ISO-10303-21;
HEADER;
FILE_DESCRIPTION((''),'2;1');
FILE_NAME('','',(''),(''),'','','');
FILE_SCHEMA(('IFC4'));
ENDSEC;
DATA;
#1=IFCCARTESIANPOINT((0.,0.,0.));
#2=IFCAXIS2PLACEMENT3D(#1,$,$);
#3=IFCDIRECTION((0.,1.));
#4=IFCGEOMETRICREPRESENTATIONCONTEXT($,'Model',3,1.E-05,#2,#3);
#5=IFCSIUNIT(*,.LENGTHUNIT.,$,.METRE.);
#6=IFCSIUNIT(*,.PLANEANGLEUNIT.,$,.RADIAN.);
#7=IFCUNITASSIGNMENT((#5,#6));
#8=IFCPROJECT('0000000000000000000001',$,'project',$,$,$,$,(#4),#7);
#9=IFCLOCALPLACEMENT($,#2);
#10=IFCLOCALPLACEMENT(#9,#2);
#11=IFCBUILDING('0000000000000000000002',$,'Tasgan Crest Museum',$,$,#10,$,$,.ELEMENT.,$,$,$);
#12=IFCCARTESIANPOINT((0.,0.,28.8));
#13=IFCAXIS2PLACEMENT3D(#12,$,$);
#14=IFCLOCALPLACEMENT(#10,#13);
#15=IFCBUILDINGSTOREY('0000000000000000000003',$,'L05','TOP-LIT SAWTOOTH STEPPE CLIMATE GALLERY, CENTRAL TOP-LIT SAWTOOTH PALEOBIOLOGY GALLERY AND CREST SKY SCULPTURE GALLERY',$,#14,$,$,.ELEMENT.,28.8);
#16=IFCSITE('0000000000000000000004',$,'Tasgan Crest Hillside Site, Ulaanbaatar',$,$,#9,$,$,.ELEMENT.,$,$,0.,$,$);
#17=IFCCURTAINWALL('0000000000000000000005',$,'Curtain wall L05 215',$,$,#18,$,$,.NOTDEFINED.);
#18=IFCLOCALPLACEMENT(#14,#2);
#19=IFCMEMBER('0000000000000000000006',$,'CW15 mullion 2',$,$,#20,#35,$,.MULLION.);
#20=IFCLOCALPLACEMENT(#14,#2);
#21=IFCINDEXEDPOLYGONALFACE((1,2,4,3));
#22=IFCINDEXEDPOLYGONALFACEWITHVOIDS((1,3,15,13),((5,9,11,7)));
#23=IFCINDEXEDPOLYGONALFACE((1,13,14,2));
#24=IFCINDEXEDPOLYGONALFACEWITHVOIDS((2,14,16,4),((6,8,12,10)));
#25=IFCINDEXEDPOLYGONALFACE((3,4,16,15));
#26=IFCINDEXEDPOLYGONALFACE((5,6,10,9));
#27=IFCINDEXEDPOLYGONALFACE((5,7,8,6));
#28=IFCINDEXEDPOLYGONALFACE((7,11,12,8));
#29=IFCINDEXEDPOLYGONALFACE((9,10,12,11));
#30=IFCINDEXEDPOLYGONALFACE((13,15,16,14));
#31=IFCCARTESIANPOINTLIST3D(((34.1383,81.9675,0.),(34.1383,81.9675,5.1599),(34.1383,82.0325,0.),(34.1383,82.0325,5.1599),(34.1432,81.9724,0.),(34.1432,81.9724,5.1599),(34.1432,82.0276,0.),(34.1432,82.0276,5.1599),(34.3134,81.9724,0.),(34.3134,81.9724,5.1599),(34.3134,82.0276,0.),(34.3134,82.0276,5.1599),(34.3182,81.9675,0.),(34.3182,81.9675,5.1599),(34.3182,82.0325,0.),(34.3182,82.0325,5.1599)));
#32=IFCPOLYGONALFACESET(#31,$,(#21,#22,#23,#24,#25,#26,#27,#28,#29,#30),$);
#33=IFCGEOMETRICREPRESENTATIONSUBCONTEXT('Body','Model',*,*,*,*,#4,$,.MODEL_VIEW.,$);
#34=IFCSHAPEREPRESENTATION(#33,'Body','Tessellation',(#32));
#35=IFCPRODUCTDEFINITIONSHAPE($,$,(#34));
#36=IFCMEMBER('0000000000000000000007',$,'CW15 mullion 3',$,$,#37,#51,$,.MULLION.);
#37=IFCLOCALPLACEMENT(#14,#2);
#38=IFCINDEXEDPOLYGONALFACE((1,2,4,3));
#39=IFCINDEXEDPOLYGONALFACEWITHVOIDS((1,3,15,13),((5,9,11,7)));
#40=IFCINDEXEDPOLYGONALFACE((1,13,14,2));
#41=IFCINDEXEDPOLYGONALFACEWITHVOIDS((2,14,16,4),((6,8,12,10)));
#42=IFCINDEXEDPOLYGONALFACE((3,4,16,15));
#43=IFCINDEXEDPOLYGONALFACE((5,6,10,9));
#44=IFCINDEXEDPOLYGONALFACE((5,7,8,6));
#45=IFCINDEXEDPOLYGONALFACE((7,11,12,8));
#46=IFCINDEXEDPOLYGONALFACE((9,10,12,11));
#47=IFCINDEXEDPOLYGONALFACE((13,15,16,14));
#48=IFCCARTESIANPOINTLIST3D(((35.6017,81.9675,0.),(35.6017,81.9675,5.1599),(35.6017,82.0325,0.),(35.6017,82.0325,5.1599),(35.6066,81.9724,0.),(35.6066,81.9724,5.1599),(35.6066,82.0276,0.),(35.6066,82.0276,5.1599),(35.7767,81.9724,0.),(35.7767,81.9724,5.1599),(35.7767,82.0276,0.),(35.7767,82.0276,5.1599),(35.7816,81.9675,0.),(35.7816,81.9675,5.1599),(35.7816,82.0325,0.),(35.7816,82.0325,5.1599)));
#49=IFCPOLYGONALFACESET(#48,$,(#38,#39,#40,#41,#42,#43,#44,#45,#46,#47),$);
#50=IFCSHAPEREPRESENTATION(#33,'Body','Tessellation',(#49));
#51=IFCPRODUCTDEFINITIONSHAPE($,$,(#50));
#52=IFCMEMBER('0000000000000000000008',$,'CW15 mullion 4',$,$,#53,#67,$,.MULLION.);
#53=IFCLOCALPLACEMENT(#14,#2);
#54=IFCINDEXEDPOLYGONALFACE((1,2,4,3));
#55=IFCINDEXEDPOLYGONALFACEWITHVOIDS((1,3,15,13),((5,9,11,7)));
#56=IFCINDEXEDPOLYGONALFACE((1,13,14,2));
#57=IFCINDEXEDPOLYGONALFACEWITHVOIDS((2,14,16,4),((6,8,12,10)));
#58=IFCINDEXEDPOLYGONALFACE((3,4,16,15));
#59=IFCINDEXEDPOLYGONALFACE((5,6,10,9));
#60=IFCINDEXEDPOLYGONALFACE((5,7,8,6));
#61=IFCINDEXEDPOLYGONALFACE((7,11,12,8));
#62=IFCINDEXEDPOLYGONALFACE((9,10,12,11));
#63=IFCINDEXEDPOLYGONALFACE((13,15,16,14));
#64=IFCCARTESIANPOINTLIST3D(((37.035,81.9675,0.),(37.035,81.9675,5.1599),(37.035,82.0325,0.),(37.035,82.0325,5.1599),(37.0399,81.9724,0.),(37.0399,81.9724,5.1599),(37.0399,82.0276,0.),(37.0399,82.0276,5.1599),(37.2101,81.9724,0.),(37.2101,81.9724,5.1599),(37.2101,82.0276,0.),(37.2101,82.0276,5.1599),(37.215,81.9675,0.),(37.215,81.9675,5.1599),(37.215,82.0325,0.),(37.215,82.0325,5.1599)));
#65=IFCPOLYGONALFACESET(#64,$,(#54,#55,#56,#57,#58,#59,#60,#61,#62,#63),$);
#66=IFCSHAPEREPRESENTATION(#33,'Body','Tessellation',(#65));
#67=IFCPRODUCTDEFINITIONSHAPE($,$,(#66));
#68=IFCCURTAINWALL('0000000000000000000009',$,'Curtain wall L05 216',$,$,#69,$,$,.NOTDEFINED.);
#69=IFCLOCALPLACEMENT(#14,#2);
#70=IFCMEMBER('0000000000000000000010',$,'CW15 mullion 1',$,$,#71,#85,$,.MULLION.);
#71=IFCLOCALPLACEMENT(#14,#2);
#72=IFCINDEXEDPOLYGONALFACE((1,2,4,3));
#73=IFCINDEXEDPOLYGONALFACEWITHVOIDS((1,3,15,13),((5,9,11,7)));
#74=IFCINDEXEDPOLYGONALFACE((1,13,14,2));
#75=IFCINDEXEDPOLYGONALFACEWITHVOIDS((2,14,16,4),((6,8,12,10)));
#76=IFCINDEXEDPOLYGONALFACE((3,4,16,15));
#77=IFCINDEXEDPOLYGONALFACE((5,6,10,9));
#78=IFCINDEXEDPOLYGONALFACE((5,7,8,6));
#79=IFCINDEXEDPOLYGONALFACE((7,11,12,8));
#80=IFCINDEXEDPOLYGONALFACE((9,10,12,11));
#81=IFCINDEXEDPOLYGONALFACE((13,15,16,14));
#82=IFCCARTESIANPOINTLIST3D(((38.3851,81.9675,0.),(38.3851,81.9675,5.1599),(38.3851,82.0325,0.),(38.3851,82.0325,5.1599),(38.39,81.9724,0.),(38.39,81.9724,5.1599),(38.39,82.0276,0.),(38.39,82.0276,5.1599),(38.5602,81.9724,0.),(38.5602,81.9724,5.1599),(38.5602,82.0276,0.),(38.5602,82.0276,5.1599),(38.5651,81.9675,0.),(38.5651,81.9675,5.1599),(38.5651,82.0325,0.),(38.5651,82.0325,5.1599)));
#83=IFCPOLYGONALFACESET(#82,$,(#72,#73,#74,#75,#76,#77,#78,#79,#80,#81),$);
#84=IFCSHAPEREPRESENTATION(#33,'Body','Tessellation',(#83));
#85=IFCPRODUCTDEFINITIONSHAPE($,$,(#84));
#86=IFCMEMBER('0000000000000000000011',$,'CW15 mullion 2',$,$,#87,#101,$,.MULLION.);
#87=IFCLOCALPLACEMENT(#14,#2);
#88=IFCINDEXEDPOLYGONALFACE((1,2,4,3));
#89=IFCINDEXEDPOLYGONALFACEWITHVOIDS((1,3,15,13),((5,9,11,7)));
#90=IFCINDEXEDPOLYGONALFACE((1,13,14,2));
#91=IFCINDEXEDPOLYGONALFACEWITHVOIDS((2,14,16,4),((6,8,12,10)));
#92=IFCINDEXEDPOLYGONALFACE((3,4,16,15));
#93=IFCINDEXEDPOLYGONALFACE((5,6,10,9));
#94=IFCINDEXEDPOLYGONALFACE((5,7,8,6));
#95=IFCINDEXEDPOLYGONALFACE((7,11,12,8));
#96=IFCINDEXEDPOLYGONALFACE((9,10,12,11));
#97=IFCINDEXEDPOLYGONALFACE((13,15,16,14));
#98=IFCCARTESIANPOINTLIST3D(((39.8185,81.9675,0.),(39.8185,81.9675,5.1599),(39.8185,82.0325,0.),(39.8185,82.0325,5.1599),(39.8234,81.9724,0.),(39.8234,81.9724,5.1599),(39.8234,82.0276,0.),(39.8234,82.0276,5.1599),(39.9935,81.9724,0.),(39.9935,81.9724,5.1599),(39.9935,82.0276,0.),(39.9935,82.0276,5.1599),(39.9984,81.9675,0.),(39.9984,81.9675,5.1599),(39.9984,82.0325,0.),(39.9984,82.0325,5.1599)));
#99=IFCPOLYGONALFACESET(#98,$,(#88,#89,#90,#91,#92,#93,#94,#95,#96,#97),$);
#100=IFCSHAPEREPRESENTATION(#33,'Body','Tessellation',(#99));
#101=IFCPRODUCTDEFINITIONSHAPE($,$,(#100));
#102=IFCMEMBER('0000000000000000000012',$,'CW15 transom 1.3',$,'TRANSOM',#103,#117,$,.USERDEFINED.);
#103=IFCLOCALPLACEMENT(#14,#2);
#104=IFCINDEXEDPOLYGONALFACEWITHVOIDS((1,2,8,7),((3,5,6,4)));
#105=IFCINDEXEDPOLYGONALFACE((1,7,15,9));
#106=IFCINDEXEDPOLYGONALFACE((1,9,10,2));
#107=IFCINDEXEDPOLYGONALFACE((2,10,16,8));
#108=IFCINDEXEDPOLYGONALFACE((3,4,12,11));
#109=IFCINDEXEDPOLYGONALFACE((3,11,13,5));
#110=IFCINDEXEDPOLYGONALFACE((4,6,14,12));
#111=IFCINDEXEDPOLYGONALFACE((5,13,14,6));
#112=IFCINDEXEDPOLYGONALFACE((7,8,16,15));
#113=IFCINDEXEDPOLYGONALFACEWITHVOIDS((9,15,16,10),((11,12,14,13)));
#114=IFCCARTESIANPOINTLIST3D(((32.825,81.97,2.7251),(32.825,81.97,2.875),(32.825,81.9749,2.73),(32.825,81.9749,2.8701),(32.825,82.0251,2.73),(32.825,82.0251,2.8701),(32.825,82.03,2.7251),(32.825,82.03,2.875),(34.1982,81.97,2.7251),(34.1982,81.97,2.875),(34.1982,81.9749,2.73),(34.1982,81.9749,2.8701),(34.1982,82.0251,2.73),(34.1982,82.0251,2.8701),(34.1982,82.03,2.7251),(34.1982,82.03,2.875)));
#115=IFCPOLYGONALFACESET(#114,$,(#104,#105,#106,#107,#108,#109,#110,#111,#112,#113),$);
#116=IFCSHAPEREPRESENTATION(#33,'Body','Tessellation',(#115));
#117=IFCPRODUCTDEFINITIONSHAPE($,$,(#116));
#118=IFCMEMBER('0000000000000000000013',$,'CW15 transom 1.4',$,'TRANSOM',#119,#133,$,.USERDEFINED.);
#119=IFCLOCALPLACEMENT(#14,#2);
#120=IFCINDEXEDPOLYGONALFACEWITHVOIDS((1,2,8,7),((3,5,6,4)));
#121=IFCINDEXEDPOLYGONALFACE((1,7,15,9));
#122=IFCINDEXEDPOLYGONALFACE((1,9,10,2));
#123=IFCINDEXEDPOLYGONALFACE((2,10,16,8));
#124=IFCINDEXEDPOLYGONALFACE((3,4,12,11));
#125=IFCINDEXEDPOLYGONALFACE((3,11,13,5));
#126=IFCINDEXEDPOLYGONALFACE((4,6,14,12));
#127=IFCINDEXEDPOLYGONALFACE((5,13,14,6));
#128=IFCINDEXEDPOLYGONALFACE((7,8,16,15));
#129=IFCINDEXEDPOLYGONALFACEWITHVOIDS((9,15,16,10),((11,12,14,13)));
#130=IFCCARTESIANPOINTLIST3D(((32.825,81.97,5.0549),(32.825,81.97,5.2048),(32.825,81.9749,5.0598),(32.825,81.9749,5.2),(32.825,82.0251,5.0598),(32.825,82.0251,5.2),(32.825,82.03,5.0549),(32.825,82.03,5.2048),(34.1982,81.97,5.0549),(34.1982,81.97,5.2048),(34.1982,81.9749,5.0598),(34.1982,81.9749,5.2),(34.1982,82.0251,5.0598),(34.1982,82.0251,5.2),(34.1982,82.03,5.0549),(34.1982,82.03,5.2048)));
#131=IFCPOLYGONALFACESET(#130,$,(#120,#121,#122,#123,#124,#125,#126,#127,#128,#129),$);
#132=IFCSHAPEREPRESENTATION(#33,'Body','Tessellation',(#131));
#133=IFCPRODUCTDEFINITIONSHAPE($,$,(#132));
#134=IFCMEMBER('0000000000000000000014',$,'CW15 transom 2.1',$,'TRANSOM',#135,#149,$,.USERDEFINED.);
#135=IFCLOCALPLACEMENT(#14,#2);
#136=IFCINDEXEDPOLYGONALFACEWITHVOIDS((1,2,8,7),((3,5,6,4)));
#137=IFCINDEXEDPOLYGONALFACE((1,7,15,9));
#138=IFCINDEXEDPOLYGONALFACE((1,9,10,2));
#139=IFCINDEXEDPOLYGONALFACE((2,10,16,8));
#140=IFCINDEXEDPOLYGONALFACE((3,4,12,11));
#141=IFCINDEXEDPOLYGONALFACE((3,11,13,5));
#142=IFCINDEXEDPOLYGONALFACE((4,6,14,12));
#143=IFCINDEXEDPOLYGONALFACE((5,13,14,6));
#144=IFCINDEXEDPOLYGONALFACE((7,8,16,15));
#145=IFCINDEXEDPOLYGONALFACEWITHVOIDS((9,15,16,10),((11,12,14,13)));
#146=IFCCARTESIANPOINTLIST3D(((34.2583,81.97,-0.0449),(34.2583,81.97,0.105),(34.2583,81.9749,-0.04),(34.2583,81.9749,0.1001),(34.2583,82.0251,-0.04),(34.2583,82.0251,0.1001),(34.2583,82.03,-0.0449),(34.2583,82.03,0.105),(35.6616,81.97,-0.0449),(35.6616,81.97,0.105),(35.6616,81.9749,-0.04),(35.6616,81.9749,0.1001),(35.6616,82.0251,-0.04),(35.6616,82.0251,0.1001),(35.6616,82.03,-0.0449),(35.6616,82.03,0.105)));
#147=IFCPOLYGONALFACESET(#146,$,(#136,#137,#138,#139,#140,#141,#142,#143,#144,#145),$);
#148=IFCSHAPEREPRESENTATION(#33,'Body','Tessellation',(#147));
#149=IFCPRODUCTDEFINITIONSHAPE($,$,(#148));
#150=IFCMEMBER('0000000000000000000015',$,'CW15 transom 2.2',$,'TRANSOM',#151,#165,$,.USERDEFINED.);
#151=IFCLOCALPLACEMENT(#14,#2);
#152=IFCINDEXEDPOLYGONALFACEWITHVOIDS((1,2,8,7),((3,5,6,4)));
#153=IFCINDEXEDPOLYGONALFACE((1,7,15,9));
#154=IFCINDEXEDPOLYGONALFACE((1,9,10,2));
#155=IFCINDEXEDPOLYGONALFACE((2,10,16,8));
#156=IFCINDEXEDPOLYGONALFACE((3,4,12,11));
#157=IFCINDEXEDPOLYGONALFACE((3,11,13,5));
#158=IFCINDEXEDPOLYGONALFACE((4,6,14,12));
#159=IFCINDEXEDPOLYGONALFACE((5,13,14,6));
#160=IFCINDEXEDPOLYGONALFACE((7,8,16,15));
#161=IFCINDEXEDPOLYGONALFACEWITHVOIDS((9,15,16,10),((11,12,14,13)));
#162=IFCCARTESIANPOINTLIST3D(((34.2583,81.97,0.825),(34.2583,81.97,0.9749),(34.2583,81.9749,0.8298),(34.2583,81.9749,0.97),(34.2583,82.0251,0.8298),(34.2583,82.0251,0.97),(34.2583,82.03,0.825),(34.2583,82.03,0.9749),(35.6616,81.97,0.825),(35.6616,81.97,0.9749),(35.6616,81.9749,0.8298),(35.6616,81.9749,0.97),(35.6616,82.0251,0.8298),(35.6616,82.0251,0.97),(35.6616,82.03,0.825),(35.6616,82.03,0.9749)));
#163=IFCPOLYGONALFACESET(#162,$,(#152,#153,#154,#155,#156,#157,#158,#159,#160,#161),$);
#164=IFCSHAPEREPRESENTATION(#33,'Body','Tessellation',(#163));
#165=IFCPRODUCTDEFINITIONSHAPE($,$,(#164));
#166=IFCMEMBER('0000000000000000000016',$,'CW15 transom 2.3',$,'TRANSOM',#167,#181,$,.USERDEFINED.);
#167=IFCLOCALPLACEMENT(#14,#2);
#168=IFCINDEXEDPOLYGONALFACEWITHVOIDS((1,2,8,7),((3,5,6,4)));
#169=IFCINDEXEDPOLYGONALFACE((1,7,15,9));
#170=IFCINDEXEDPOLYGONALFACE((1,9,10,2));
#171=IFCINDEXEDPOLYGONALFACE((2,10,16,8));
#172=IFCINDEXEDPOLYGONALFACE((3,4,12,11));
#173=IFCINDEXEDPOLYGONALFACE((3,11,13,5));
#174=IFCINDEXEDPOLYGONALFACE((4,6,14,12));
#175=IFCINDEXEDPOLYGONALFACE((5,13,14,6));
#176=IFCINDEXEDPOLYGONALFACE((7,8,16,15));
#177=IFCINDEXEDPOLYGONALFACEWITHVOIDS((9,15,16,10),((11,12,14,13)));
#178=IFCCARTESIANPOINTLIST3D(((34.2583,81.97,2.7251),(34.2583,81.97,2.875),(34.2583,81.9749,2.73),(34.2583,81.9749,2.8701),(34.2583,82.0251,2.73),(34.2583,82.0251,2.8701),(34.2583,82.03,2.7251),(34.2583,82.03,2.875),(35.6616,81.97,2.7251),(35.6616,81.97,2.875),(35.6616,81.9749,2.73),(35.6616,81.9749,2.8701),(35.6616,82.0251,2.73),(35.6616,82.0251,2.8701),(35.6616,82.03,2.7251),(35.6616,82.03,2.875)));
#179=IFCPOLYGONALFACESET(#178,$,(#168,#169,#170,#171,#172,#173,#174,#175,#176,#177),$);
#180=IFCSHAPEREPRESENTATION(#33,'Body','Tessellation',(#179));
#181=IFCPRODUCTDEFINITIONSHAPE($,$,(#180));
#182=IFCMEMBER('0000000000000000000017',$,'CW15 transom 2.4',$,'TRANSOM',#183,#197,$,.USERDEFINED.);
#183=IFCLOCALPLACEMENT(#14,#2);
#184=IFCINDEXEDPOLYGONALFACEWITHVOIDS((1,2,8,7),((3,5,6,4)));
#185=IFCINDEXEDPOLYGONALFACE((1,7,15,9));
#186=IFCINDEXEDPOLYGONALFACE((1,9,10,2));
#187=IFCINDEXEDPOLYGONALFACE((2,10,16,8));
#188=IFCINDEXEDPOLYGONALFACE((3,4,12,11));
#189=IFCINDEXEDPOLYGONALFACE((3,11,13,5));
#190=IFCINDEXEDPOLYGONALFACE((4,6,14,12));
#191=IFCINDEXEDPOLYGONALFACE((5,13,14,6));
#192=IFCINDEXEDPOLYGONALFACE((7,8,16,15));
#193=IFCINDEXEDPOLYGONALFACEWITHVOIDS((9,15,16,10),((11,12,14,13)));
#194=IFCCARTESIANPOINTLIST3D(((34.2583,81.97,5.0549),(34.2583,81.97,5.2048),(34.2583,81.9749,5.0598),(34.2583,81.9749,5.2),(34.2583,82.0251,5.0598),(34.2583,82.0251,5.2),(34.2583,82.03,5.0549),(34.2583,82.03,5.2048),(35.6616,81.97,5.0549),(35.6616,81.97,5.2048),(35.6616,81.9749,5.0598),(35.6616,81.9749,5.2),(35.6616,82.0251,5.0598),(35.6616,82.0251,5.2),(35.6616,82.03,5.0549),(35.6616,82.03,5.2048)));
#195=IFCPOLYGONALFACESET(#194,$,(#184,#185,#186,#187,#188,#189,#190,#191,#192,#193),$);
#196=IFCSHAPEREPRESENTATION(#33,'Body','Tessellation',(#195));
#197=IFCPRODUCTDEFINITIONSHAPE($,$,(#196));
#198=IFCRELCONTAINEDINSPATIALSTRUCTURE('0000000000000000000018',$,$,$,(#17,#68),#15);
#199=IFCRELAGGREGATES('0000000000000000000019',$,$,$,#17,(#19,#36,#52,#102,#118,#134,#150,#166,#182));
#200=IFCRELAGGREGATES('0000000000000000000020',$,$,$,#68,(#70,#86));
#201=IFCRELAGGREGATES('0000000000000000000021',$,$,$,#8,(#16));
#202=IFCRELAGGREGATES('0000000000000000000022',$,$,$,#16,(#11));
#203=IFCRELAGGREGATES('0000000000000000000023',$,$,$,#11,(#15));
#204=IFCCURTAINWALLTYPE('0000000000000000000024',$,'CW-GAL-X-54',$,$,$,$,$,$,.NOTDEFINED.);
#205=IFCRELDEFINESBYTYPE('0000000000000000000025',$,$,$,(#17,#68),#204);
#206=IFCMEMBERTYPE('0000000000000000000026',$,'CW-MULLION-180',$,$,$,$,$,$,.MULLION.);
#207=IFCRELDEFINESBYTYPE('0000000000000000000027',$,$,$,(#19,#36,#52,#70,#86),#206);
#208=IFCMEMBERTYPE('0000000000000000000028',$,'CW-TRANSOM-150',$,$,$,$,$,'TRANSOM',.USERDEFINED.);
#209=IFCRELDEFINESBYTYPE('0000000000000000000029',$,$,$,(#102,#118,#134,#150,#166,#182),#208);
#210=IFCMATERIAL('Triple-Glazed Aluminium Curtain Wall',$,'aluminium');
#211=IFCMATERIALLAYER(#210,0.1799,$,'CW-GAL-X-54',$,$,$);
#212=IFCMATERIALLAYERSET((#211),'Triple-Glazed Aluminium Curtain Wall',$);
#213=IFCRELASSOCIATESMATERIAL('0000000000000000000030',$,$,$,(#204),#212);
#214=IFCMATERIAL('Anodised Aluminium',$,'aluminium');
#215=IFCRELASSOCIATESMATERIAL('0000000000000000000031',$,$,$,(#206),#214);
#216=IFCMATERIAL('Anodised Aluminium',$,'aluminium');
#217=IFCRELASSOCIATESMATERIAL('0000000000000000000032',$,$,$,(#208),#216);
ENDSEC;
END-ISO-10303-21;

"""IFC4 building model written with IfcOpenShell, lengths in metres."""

from ifc_helpers import new_model, si_unit, direction, frame, origin, origin_2d, place, context, subcontext, project, spatial, hollow_rectangle, extrude, material, layer, layer_set, material_profile, profile_set, type_object, element, aggregate, save


model = new_model("IFC4")

# Units and contexts
model_context = context("Model", 3, precision=1e-05, world=origin(), true_north=direction((0.0, 1.0)))
body_context = subcontext(model_context, "Body", "Model", "MODEL_VIEW")
ifc_project = project(units=[si_unit("LENGTHUNIT", "METRE"), si_unit("PLANEANGLEUNIT", "RADIAN")], contexts=[model_context])

# Site, building, storey
site_placement = place(None, origin())
site = spatial("IfcSite", under=ifc_project, at=site_placement, Name="Tasgan Crest Hillside Site, Ulaanbaatar", CompositionType="ELEMENT", RefElevation=0.0)
building_placement = place(site_placement, origin())
building = spatial("IfcBuilding", under=site, at=building_placement, Name="Tasgan Crest Museum", CompositionType="ELEMENT")
storey_placement = place(building_placement, frame((0.0, 0.0, 28.8)))
storey = spatial("IfcBuildingStorey", under=building, at=storey_placement, Name="L05", Description="TOP-LIT SAWTOOTH STEPPE CLIMATE GALLERY, CENTRAL TOP-LIT SAWTOOTH PALEOBIOLOGY GALLERY AND CREST SKY SCULPTURE GALLERY", CompositionType="ELEMENT", Elevation=28.8)

# Curtain walls, members
ifc_material_1 = material(Name="Triple-Glazed Aluminium Curtain Wall", Category="aluminium")
ifc_layer_1 = layer(ifc_material_1, 0.1799, Name="CW-GAL-X-54")
ifc_layer_set_1 = layer_set([ifc_layer_1], Name="Triple-Glazed Aluminium Curtain Wall")
curtain_wall_type = type_object("IfcCurtainWallType", Name="CW-GAL-X-54", PredefinedType="NOTDEFINED", material=ifc_layer_set_1)
curtain_wall_1_placement = place(storey_placement, origin())
curtain_wall_1 = element("IfcCurtainWall", 1, at=curtain_wall_1_placement, inside=storey, type_object=curtain_wall_type, Name="Curtain wall L05 215", PredefinedType="NOTDEFINED")
ifc_material_2 = material(Name="Anodised Aluminium", Category="aluminium")
ifc_material_profile_1 = material_profile(ifc_material_2, hollow_rectangle(XDim=0.0649, YDim=0.1799, WallThickness=0.0049, at=origin_2d()), Name="ALU MULLION 180x65x5")
ifc_profile_set_1 = profile_set([ifc_material_profile_1], Name="Anodised Aluminium")
member_type_1 = type_object("IfcMemberType", Name="CW-MULLION-180", PredefinedType="MULLION", material=ifc_profile_set_1)
member_1_placement = place(storey_placement, frame((34.2283, 82.0, 0.0), z_axis=(0.0, 0.0, 1.0), x_axis=(0.0, 1.0, 0.0)))
member_1 = element("IfcMember", 2, at=member_1_placement, type_object=member_type_1, Name="CW15 mullion 2", PredefinedType="MULLION", context=body_context, shape_type="SweptSolid", body=[
    extrude(hollow_rectangle(XDim=0.0649, YDim=0.1799, WallThickness=0.0049, at=origin_2d()), origin(), (0.0, 0.0, 1.0), 5.1599),
])
member_2_placement = place(storey_placement, frame((35.6917, 82.0, 0.0), z_axis=(0.0, 0.0, 1.0), x_axis=(0.0, 1.0, 0.0)))
member_2 = element("IfcMember", 3, at=member_2_placement, type_object=member_type_1, Name="CW15 mullion 3", PredefinedType="MULLION", context=body_context, shape_type="SweptSolid", body=[
    extrude(hollow_rectangle(XDim=0.0649, YDim=0.1799, WallThickness=0.0049, at=origin_2d()), origin(), (0.0, 0.0, 1.0), 5.1599),
])
member_3_placement = place(storey_placement, frame((37.125, 82.0, 0.0), z_axis=(0.0, 0.0, 1.0), x_axis=(0.0, 1.0, 0.0)))
member_3 = element("IfcMember", 4, at=member_3_placement, type_object=member_type_1, Name="CW15 mullion 4", PredefinedType="MULLION", context=body_context, shape_type="SweptSolid", body=[
    extrude(hollow_rectangle(XDim=0.0649, YDim=0.1799, WallThickness=0.0049, at=origin_2d()), origin(), (0.0, 0.0, 1.0), 5.1599),
])
curtain_wall_2_placement = place(storey_placement, origin())
curtain_wall_2 = element("IfcCurtainWall", 5, at=curtain_wall_2_placement, inside=storey, type_object=curtain_wall_type, Name="Curtain wall L05 216", PredefinedType="NOTDEFINED")
member_4_placement = place(storey_placement, frame((38.4751, 82.0, 0.0), z_axis=(0.0, 0.0, 1.0), x_axis=(0.0, 1.0, 0.0)))
member_4 = element("IfcMember", 6, at=member_4_placement, type_object=member_type_1, Name="CW15 mullion 1", PredefinedType="MULLION", context=body_context, shape_type="SweptSolid", body=[
    extrude(hollow_rectangle(XDim=0.0649, YDim=0.1799, WallThickness=0.0049, at=origin_2d()), origin(), (0.0, 0.0, 1.0), 5.1599),
])
member_5_placement = place(storey_placement, frame((39.9084, 82.0, 0.0), z_axis=(0.0, 0.0, 1.0), x_axis=(0.0, 1.0, 0.0)))
member_5 = element("IfcMember", 7, at=member_5_placement, type_object=member_type_1, Name="CW15 mullion 2", PredefinedType="MULLION", context=body_context, shape_type="SweptSolid", body=[
    extrude(hollow_rectangle(XDim=0.0649, YDim=0.1799, WallThickness=0.0049, at=origin_2d()), origin(), (0.0, 0.0, 1.0), 5.1599),
])

# Members
ifc_material_3 = material(Name="Anodised Aluminium", Category="aluminium")
ifc_material_profile_2 = material_profile(ifc_material_3, hollow_rectangle(XDim=0.0601, YDim=0.1499, WallThickness=0.0049, at=origin_2d()), Name="ALU TRANSOM 150x60x5")
ifc_profile_set_2 = profile_set([ifc_material_profile_2], Name="Anodised Aluminium")
member_type_2 = type_object("IfcMemberType", Name="CW-TRANSOM-150", ElementType="TRANSOM", PredefinedType="USERDEFINED", material=ifc_profile_set_2)
member_6_placement = place(storey_placement, frame((32.825, 82.0, 2.8), z_axis=(1.0, 0.0, 0.0), x_axis=(0.0, 1.0, 0.0)))
member_6 = element("IfcMember", 8, at=member_6_placement, type_object=member_type_2, Name="CW15 transom 1.3", ObjectType="TRANSOM", PredefinedType="USERDEFINED", context=body_context, shape_type="SweptSolid", body=[
    extrude(hollow_rectangle(XDim=0.0601, YDim=0.1499, WallThickness=0.0049, at=origin_2d()), origin(), (0.0, 0.0, 1.0), 1.3733),
])
member_7_placement = place(storey_placement, frame((32.825, 82.0, 5.1299), z_axis=(1.0, 0.0, 0.0), x_axis=(0.0, 1.0, 0.0)))
member_7 = element("IfcMember", 9, at=member_7_placement, type_object=member_type_2, Name="CW15 transom 1.4", ObjectType="TRANSOM", PredefinedType="USERDEFINED", context=body_context, shape_type="SweptSolid", body=[
    extrude(hollow_rectangle(XDim=0.0601, YDim=0.1499, WallThickness=0.0049, at=origin_2d()), origin(), (0.0, 0.0, 1.0), 1.3733),
])
member_8_placement = place(storey_placement, frame((34.2583, 82.0, 0.03), z_axis=(1.0, 0.0, 0.0), x_axis=(0.0, 1.0, 0.0)))
member_8 = element("IfcMember", 10, at=member_8_placement, type_object=member_type_2, Name="CW15 transom 2.1", ObjectType="TRANSOM", PredefinedType="USERDEFINED", context=body_context, shape_type="SweptSolid", body=[
    extrude(hollow_rectangle(XDim=0.0601, YDim=0.1499, WallThickness=0.0049, at=origin_2d()), origin(), (0.0, 0.0, 1.0), 1.4033),
])
member_9_placement = place(storey_placement, frame((34.2583, 82.0, 0.8999), z_axis=(1.0, 0.0, 0.0), x_axis=(0.0, 1.0, 0.0)))
member_9 = element("IfcMember", 11, at=member_9_placement, type_object=member_type_2, Name="CW15 transom 2.2", ObjectType="TRANSOM", PredefinedType="USERDEFINED", context=body_context, shape_type="SweptSolid", body=[
    extrude(hollow_rectangle(XDim=0.0601, YDim=0.1499, WallThickness=0.0049, at=origin_2d()), origin(), (0.0, 0.0, 1.0), 1.4033),
])
member_10_placement = place(storey_placement, frame((34.2583, 82.0, 2.8), z_axis=(1.0, 0.0, 0.0), x_axis=(0.0, 1.0, 0.0)))
member_10 = element("IfcMember", 12, at=member_10_placement, type_object=member_type_2, Name="CW15 transom 2.3", ObjectType="TRANSOM", PredefinedType="USERDEFINED", context=body_context, shape_type="SweptSolid", body=[
    extrude(hollow_rectangle(XDim=0.0601, YDim=0.1499, WallThickness=0.0049, at=origin_2d()), origin(), (0.0, 0.0, 1.0), 1.4033),
])
member_11_placement = place(storey_placement, frame((34.2583, 82.0, 5.1299), z_axis=(1.0, 0.0, 0.0), x_axis=(0.0, 1.0, 0.0)))
member_11 = element("IfcMember", 13, at=member_11_placement, type_object=member_type_2, Name="CW15 transom 2.4", ObjectType="TRANSOM", PredefinedType="USERDEFINED", context=body_context, shape_type="SweptSolid", body=[
    extrude(hollow_rectangle(XDim=0.0601, YDim=0.1499, WallThickness=0.0049, at=origin_2d()), origin(), (0.0, 0.0, 1.0), 1.4033),
])

aggregate(curtain_wall_1, [member_1, member_2, member_3, member_6, member_7, member_8, member_9, member_10, member_11])
aggregate(curtain_wall_2, [member_4, member_5])

save(model, "model.ifc")
